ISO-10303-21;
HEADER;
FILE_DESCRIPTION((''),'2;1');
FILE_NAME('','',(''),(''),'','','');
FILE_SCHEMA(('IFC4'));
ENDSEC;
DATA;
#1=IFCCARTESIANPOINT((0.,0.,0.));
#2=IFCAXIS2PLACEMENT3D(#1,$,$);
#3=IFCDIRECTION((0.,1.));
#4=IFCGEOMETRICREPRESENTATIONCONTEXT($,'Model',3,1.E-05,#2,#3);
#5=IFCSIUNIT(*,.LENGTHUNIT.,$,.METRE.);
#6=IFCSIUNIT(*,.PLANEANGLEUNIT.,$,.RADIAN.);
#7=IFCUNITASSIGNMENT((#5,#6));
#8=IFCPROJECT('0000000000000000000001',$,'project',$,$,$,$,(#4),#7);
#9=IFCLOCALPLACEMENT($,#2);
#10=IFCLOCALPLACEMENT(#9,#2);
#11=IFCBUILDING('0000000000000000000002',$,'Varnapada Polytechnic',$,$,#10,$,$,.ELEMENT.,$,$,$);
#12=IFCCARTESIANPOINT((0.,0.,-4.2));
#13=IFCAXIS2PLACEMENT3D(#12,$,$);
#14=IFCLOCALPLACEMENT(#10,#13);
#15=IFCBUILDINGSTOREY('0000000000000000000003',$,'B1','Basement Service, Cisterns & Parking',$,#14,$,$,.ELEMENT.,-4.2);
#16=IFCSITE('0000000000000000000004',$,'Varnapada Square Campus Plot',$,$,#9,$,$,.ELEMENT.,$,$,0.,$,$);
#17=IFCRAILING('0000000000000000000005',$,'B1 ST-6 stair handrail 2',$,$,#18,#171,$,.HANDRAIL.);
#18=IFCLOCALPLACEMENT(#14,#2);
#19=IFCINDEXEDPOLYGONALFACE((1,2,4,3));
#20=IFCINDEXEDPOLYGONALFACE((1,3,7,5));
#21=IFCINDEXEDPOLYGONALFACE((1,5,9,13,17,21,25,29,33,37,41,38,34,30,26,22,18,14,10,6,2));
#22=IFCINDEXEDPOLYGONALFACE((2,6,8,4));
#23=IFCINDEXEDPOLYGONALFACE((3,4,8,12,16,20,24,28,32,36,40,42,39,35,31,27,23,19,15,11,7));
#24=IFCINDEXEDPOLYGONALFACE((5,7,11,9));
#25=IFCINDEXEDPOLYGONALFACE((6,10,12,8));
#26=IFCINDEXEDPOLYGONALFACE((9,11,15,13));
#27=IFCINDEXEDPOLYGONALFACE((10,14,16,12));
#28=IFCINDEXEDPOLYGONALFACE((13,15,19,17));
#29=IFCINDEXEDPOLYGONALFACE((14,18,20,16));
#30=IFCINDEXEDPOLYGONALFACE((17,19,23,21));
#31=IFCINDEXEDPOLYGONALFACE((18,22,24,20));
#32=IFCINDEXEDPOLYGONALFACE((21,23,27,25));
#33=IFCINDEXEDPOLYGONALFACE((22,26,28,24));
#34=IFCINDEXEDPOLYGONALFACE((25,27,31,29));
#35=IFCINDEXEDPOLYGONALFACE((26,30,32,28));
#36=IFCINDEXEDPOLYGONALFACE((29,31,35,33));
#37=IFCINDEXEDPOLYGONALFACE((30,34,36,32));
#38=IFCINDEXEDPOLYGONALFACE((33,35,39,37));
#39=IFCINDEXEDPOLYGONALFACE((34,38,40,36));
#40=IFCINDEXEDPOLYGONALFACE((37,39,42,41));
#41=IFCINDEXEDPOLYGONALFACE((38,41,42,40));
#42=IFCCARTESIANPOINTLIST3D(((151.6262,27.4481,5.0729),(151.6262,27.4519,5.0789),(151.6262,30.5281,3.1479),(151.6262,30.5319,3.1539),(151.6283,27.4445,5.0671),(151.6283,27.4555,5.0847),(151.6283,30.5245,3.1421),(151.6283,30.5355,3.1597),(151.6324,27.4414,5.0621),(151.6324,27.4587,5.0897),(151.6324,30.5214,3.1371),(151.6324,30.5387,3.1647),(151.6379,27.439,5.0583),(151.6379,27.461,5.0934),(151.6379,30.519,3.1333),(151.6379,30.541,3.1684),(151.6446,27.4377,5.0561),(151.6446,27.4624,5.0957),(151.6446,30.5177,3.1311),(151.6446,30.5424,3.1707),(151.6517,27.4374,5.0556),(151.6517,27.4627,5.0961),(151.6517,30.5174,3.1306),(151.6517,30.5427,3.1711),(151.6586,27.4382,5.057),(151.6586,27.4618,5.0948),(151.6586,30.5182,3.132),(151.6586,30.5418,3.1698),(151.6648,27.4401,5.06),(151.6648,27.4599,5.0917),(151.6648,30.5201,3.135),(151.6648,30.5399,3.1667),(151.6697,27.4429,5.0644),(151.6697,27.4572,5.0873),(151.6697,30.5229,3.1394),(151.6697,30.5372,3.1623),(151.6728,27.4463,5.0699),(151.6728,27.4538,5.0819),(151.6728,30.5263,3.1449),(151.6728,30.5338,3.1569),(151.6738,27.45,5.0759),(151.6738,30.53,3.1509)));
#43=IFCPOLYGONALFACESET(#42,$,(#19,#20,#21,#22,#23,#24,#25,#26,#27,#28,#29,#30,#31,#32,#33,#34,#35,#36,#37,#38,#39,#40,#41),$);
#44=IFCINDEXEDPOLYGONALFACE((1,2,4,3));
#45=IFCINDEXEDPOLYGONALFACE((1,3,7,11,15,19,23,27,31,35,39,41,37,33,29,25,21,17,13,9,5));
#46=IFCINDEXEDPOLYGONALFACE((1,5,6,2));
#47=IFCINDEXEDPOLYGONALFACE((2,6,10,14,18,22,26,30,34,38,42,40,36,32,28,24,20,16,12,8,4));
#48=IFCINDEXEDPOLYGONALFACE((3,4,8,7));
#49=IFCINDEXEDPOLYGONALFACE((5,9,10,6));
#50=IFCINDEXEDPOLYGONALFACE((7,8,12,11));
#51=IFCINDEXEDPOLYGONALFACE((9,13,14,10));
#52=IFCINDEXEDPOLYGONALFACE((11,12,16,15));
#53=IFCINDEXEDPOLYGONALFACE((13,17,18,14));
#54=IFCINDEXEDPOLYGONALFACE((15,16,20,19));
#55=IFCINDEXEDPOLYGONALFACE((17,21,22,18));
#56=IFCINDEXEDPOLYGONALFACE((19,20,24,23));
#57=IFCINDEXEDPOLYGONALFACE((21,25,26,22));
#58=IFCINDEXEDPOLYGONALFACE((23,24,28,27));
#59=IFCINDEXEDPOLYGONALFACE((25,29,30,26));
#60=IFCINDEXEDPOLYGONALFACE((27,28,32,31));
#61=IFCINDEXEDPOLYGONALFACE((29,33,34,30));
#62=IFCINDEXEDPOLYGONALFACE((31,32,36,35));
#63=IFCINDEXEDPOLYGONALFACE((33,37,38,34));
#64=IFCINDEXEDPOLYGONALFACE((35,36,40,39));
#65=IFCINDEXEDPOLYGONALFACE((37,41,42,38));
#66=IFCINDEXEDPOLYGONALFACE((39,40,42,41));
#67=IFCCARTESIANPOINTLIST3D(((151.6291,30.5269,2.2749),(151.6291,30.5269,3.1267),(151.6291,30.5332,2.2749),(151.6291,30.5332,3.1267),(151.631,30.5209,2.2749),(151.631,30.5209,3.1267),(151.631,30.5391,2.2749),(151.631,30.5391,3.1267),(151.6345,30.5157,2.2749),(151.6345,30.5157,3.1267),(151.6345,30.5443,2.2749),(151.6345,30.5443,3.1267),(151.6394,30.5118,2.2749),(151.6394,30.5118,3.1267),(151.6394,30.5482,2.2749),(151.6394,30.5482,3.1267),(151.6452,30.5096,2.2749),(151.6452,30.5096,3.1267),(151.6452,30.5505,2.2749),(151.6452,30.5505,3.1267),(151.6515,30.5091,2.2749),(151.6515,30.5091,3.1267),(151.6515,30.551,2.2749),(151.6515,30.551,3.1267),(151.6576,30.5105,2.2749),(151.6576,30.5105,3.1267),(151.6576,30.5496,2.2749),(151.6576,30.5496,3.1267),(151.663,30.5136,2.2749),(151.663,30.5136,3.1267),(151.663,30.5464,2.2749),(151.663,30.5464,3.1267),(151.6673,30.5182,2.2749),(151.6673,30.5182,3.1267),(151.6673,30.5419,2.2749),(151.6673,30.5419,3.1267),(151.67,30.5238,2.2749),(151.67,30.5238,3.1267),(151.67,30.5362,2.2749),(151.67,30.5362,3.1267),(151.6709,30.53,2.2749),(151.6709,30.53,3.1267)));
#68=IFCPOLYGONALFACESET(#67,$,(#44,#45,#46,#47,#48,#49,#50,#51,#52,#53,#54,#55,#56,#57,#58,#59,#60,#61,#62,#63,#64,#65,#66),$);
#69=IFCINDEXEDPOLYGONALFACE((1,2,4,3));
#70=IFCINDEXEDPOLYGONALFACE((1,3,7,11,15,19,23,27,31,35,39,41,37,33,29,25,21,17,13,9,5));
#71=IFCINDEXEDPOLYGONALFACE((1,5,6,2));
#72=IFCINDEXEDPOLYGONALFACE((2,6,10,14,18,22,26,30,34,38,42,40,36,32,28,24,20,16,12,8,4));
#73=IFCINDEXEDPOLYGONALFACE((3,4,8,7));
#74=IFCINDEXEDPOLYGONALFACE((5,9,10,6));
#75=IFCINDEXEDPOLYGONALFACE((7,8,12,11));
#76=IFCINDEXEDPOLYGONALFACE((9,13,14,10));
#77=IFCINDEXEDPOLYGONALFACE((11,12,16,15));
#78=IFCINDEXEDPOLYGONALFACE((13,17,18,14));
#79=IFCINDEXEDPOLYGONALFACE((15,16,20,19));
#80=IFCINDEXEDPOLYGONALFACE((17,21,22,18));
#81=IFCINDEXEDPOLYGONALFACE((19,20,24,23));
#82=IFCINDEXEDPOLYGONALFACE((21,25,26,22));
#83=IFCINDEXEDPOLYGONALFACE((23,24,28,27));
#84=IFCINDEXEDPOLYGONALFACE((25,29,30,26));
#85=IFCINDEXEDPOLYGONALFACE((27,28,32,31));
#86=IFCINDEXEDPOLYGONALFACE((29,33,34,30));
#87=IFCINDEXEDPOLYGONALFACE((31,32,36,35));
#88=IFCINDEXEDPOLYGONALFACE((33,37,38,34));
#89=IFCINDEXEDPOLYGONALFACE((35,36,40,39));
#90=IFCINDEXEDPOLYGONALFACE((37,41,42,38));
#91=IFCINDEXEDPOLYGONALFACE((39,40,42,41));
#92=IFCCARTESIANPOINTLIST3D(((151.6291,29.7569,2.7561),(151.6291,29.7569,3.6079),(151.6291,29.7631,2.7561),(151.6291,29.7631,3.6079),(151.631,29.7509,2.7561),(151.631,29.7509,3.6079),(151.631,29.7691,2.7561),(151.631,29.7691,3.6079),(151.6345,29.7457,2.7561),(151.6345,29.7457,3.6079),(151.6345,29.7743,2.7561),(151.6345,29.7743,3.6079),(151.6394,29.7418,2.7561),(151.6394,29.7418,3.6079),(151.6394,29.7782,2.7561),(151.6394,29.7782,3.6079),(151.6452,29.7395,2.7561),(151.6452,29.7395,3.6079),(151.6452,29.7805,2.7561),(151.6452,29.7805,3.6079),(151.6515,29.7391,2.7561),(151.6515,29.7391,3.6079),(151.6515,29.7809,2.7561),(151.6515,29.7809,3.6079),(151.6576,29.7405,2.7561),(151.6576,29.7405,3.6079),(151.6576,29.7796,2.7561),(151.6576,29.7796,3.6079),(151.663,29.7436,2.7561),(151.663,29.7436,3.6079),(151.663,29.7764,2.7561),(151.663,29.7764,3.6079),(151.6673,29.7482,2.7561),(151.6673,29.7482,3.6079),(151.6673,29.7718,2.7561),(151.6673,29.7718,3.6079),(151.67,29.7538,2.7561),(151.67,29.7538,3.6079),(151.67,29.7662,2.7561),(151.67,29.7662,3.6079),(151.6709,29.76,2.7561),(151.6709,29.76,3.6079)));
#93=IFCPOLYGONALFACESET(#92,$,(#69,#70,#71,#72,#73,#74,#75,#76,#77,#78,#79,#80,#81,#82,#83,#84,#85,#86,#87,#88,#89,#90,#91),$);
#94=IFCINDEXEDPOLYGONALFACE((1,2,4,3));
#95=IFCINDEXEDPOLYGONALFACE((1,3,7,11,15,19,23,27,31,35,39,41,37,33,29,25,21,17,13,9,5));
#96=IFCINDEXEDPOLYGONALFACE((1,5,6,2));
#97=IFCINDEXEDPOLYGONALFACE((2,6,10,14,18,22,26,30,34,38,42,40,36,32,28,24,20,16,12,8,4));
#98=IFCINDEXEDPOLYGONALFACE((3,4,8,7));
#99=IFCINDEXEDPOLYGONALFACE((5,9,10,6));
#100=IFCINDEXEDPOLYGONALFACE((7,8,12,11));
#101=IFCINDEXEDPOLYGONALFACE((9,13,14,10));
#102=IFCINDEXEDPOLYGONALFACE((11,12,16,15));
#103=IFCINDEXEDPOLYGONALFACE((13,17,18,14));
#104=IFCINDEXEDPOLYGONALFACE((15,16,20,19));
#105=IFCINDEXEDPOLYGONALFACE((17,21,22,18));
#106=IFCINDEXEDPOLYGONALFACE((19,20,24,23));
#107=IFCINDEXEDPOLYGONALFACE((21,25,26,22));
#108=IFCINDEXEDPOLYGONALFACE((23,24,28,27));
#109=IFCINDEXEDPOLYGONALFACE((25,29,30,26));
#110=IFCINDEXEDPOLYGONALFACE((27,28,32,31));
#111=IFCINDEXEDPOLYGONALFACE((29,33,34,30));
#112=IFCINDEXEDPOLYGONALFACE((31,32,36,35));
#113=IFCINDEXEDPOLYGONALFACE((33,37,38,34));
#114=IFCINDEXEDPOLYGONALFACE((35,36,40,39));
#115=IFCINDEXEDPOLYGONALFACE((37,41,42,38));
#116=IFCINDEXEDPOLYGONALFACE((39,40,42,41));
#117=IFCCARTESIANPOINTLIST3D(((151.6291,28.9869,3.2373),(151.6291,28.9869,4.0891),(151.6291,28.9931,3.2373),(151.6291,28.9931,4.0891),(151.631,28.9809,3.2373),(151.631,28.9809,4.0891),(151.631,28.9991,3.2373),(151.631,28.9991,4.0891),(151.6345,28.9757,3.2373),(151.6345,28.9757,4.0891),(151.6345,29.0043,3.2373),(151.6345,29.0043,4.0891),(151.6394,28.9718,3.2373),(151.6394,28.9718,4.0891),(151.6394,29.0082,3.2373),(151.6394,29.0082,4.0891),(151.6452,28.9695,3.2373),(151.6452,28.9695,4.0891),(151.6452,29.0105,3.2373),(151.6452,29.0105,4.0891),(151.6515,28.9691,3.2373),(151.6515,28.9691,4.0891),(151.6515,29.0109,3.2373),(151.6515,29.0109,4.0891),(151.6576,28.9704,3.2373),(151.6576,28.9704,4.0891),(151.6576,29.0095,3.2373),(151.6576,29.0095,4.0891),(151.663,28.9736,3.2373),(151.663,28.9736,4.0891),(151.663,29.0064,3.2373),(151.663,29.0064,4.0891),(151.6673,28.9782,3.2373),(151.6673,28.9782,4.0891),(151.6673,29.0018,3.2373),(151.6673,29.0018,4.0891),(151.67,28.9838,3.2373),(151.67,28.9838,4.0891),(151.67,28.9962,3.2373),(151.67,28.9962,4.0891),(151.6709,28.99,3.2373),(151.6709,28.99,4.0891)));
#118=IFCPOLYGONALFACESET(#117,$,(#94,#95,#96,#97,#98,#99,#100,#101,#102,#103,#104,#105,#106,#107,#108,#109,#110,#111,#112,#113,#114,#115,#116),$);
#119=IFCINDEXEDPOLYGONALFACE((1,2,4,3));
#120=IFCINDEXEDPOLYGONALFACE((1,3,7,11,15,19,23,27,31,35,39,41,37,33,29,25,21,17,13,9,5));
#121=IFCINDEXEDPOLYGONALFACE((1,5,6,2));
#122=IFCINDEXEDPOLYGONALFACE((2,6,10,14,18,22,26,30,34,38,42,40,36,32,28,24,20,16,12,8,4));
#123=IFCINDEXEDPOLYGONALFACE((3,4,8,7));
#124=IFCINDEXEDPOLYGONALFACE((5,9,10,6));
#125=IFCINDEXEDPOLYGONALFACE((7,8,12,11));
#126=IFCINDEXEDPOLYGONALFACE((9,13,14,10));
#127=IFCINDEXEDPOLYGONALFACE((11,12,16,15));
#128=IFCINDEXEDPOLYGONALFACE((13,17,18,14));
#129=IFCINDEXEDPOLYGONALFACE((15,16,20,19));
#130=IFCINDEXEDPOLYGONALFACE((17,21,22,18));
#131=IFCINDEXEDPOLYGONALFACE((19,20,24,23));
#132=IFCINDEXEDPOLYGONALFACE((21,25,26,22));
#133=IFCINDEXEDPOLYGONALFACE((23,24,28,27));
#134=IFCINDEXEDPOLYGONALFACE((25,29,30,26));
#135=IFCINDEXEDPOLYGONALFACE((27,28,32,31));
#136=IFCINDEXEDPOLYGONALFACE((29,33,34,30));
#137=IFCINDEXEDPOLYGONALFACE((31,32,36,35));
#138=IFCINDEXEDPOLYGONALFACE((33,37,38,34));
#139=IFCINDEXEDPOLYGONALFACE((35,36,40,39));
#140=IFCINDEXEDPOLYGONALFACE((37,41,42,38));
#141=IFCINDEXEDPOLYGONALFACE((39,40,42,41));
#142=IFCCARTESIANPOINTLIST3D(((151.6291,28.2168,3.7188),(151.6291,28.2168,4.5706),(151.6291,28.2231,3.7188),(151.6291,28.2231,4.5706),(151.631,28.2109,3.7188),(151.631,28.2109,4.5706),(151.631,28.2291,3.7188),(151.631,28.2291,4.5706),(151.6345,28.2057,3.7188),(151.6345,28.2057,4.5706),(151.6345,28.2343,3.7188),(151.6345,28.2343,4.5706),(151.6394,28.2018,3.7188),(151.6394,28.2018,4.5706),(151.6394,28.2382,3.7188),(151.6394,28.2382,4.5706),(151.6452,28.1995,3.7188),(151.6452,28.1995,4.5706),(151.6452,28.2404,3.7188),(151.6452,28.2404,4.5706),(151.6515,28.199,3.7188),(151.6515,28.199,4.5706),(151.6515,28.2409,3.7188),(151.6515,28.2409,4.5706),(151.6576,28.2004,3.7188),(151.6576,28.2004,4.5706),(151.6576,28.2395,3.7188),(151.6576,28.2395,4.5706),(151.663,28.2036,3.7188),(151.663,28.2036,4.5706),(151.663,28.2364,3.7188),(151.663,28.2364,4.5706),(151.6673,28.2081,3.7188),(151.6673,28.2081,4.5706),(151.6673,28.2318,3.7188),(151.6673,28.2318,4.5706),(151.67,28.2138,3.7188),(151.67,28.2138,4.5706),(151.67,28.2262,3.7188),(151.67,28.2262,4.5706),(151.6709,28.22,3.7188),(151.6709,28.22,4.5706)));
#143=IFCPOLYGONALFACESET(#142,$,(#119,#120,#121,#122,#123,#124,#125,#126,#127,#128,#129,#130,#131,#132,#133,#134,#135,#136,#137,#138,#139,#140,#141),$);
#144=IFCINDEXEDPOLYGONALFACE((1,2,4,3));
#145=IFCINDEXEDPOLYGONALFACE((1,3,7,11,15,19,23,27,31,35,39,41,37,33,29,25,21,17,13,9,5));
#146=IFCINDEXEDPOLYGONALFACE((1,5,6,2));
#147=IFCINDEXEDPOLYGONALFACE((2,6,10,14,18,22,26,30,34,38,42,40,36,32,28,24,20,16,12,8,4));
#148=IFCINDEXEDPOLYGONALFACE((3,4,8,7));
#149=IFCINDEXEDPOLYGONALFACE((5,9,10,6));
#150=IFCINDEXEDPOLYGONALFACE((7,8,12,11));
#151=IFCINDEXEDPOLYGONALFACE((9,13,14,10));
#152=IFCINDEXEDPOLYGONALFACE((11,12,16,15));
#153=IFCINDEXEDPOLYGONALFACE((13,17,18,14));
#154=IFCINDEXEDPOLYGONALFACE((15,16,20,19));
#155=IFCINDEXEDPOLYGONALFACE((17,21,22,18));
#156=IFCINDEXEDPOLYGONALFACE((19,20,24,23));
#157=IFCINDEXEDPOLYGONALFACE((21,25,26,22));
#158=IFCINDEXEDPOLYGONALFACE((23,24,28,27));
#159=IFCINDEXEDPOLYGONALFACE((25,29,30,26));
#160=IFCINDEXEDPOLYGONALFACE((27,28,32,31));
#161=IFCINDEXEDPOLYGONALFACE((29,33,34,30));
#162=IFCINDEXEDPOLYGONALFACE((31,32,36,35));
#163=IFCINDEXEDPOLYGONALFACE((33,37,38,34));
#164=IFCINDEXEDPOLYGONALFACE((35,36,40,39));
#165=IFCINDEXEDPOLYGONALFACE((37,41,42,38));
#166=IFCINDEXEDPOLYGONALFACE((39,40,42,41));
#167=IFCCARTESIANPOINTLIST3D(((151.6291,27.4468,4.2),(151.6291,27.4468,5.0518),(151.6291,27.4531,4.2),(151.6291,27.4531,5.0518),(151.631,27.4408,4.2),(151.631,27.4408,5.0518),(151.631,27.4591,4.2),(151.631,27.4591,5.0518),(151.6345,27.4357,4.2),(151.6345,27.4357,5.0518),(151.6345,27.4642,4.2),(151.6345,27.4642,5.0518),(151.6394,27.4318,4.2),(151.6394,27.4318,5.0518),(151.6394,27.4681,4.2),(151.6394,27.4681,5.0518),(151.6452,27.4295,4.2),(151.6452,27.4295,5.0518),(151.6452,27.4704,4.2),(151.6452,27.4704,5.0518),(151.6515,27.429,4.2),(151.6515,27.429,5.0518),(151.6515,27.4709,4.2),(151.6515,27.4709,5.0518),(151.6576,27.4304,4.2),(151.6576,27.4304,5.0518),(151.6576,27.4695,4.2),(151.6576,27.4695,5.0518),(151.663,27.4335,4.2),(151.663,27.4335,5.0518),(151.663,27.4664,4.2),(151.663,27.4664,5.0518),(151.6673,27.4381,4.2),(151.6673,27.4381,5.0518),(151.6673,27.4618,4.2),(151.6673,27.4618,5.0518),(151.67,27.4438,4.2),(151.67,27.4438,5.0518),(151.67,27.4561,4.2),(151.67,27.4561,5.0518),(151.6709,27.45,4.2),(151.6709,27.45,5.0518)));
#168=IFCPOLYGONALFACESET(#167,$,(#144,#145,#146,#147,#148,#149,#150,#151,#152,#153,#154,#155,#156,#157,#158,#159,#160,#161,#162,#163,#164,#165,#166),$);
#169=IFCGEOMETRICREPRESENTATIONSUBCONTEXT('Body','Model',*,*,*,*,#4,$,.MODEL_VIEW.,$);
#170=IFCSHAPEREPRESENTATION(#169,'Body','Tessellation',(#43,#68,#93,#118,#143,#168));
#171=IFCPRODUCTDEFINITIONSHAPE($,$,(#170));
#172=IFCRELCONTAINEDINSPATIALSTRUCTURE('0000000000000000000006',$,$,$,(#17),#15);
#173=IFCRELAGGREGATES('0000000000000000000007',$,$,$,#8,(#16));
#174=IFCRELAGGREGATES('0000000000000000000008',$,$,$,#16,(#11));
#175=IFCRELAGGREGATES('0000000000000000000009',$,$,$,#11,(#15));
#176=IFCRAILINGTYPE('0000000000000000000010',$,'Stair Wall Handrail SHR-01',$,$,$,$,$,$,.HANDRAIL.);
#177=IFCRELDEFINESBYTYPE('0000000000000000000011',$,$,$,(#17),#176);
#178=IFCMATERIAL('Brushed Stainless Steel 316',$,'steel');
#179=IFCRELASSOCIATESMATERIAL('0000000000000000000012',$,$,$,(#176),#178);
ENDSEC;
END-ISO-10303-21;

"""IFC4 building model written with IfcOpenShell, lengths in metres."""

from ifc_helpers import new_model, si_unit, direction, frame, origin, origin_2d, place, context, subcontext, project, spatial, circle, extrude, material, type_object, element, save


model = new_model("IFC4")

# Units and contexts
model_context = context("Model", 3, precision=1e-05, world=origin(), true_north=direction((0.0, 1.0)))
body_context = subcontext(model_context, "Body", "Model", "MODEL_VIEW")
ifc_project = project(units=[si_unit("LENGTHUNIT", "METRE"), si_unit("PLANEANGLEUNIT", "RADIAN")], contexts=[model_context])

# Site, building, storey
site_placement = place(None, origin())
site = spatial("IfcSite", under=ifc_project, at=site_placement, Name="Varnapada Square Campus Plot", CompositionType="ELEMENT", RefElevation=0.0)
building_placement = place(site_placement, origin())
building = spatial("IfcBuilding", under=site, at=building_placement, Name="Varnapada Polytechnic", CompositionType="ELEMENT")
storey_placement = place(building_placement, frame((0.0, 0.0, -4.2)))
storey = spatial("IfcBuildingStorey", under=building, at=storey_placement, Name="B1", Description="Basement Service, Cisterns & Parking", CompositionType="ELEMENT", Elevation=-4.2)

# Shared definitions
ifc_material_1 = material(Name="Brushed Stainless Steel 316", Category="steel")

# Railing
railing_type_1 = type_object("IfcRailingType", Name="Stair Wall Handrail SHR-01", PredefinedType="HANDRAIL", material=ifc_material_1)
railing_1_placement = place(storey_placement, frame((151.6499, 30.53, 2.2749)))
element("IfcRailing", 1, at=railing_1_placement, inside=storey, type_object=railing_type_1, Name="B1 ST-6 stair handrail 2", PredefinedType="HANDRAIL", context=body_context, shape_type="SweptSolid", body=[
    extrude(circle(Radius=0.0239, at=origin_2d()), frame((0.0, 0.0, 0.876), z_axis=(0.0, -0.847998, 0.529999), x_axis=(1.0, 0.0, 0.0)), (0.0, 0.0, 1.0), 3.6321),
    extrude(circle(Radius=0.021, at=origin_2d()), origin(), (0.0, 0.0, 1.0), 0.8518),
    extrude(circle(Radius=0.021, at=origin_2d()), frame((0.0, -0.77, 0.4812)), (0.0, 0.0, 1.0), 0.8518),
    extrude(circle(Radius=0.021, at=origin_2d()), frame((0.0, -1.54, 0.9624)), (0.0, 0.0, 1.0), 0.8518),
    extrude(circle(Radius=0.021, at=origin_2d()), frame((0.0, -2.3101, 1.4438)), (0.0, 0.0, 1.0), 0.8518),
    extrude(circle(Radius=0.021, at=origin_2d()), frame((0.0, -3.0801, 1.925)), (0.0, 0.0, 1.0), 0.8518),
])

save(model, "model.ifc")
